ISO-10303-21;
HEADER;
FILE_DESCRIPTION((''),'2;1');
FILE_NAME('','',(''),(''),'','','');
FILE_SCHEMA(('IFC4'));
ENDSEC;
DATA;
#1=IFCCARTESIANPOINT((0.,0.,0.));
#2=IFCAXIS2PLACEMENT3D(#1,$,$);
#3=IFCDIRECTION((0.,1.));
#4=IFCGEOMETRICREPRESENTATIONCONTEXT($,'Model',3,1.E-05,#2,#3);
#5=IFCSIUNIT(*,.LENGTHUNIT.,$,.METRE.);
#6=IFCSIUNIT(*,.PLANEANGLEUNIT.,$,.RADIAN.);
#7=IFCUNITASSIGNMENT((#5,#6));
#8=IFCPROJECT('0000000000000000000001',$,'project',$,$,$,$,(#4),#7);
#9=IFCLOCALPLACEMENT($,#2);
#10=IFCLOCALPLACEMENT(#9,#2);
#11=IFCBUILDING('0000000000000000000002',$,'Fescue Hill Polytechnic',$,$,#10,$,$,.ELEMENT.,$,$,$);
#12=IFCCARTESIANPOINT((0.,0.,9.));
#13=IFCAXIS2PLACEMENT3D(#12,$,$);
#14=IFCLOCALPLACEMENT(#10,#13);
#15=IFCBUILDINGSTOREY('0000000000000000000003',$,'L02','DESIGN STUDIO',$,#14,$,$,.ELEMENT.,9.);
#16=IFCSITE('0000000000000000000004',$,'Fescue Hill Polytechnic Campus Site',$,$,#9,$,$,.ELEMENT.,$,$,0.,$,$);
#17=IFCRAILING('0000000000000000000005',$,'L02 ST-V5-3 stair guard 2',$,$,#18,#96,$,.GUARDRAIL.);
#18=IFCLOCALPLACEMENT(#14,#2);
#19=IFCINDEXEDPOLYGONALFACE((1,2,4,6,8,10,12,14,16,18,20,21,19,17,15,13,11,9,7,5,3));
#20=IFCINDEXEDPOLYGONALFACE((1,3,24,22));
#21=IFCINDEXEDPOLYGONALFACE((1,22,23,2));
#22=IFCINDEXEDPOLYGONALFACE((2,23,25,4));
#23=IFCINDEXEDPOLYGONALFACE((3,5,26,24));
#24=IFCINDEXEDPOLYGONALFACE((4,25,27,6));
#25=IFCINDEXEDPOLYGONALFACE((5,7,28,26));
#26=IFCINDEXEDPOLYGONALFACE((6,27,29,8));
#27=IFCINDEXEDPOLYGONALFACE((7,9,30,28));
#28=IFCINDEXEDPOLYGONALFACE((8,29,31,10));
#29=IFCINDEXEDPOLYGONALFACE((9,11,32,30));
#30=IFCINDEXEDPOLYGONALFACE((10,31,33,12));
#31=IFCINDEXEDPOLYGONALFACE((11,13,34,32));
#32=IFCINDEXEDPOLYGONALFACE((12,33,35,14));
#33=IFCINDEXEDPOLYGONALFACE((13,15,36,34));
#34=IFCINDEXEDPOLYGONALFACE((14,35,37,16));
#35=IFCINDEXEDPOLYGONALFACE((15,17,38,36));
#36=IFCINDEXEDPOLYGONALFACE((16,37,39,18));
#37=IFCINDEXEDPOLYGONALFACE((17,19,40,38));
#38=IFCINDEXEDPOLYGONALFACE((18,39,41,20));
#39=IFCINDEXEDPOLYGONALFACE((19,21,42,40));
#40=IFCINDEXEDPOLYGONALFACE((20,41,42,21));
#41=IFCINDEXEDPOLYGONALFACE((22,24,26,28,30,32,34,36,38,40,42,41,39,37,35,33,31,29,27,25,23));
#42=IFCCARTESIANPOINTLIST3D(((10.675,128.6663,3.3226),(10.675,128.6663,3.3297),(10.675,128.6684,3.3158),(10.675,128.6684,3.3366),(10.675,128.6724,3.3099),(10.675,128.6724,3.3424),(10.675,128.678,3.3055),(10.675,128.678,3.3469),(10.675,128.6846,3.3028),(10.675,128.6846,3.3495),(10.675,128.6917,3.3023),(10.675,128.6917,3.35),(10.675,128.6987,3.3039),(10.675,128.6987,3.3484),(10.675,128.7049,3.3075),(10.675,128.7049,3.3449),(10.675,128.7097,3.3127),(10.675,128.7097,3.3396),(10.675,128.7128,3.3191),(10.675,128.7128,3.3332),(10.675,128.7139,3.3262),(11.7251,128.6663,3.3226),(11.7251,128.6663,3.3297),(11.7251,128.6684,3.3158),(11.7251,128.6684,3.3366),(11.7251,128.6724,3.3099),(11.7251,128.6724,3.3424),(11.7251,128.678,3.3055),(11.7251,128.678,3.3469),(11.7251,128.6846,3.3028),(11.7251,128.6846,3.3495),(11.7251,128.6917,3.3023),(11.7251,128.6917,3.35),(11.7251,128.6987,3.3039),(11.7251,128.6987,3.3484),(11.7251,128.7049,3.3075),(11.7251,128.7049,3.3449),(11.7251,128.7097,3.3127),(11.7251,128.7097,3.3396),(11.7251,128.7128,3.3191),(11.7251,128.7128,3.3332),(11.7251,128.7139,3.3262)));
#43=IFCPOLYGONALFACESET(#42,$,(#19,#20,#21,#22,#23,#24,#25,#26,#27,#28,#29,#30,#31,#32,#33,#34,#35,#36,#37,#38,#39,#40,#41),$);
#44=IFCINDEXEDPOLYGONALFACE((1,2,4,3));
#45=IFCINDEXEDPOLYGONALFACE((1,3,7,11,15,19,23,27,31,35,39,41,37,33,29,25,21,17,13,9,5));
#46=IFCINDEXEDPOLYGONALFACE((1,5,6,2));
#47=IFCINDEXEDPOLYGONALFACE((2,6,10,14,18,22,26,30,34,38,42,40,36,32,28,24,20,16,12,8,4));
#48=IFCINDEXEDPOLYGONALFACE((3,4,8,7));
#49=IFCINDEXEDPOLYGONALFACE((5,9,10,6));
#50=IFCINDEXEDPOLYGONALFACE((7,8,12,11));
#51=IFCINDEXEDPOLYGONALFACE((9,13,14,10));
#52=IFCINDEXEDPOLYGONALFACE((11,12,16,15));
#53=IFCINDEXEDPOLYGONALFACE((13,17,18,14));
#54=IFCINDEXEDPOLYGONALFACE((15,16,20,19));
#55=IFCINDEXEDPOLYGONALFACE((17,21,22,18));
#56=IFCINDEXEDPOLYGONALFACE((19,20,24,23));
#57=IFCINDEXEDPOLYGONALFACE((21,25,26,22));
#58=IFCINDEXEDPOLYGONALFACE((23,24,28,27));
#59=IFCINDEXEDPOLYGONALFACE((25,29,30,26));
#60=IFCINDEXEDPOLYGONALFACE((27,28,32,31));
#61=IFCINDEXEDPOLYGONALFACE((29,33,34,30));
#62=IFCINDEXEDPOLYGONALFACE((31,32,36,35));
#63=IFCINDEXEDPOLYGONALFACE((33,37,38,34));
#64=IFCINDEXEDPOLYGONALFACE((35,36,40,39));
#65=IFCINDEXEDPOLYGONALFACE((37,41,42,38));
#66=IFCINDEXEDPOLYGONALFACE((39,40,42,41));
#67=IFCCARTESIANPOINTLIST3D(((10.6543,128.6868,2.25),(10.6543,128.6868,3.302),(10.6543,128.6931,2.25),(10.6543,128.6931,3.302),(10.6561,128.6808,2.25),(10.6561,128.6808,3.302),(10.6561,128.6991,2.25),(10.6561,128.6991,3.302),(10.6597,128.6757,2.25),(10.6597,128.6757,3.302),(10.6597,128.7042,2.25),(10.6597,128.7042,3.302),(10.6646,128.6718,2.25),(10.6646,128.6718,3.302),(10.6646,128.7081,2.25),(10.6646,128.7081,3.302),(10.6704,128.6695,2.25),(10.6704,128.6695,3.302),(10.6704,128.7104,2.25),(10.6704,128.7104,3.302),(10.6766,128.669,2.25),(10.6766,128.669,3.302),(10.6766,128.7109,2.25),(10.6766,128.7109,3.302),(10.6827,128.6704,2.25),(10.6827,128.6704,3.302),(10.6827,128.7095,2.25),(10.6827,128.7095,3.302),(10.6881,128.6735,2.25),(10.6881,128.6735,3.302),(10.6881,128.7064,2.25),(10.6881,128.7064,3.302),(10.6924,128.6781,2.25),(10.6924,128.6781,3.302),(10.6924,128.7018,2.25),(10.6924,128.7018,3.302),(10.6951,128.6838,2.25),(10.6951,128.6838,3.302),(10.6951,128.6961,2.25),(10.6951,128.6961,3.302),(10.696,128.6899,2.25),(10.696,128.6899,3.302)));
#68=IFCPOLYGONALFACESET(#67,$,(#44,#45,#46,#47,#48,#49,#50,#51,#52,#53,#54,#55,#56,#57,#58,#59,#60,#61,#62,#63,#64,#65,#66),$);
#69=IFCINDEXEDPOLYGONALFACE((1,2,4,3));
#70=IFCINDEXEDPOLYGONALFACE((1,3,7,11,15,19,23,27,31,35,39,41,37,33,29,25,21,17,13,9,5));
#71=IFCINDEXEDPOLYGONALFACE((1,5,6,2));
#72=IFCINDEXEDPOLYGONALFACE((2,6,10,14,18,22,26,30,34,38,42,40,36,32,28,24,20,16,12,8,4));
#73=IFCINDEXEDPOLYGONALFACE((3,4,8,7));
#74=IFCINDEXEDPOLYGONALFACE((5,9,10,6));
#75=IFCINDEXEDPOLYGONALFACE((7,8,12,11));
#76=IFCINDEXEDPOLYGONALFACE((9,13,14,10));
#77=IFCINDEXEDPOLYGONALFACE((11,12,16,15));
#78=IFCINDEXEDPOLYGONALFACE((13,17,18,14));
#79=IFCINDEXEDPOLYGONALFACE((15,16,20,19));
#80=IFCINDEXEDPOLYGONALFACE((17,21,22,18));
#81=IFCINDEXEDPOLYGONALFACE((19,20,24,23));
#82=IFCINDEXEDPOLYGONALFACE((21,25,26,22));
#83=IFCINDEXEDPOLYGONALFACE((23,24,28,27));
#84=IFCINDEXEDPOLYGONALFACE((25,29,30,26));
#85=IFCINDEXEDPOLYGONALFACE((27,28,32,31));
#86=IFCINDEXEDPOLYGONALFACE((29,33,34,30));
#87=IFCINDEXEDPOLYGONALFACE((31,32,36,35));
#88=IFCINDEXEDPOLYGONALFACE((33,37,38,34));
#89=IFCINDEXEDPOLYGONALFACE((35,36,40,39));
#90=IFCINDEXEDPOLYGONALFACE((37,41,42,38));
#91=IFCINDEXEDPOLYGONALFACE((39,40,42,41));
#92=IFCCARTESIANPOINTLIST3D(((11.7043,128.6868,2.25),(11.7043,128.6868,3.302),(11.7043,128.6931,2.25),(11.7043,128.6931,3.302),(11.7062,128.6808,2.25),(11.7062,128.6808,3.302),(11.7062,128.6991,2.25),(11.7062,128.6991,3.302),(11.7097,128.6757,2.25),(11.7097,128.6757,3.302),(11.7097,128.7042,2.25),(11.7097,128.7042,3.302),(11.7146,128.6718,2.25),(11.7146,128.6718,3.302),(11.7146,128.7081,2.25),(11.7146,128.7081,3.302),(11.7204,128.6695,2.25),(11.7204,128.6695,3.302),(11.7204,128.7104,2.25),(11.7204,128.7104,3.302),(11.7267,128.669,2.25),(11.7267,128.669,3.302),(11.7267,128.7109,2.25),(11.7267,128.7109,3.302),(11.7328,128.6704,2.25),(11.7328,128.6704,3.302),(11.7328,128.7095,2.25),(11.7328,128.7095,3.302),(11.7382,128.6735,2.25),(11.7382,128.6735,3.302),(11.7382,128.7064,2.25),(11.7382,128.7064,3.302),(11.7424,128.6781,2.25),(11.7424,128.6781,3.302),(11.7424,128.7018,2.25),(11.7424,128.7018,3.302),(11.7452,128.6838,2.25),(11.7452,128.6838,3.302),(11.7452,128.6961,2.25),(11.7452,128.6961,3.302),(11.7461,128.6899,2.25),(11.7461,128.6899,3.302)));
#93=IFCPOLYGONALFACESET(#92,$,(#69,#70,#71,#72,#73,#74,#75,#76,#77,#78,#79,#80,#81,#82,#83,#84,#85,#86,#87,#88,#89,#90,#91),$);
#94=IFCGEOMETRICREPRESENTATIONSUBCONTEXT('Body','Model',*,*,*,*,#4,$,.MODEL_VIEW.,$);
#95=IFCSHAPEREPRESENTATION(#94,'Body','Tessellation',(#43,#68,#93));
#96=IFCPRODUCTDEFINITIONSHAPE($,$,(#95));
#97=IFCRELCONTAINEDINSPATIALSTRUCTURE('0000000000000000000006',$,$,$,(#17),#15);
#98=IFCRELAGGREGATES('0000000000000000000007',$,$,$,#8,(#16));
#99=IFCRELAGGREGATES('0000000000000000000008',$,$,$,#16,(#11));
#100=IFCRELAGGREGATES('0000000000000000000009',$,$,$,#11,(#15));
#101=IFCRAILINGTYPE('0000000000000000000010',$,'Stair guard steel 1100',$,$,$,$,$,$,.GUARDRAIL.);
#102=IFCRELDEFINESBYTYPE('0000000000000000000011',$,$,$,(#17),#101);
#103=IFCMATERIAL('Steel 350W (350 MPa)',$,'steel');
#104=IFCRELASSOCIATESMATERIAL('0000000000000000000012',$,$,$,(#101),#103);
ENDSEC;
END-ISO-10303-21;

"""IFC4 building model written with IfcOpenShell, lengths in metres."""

from ifc_helpers import new_model, si_unit, direction, frame, origin, origin_2d, place, context, subcontext, project, spatial, circle, extrude, material, type_object, element, save


model = new_model("IFC4")

# Units and contexts
model_context = context("Model", 3, precision=1e-05, world=origin(), true_north=direction((0.0, 1.0)))
body_context = subcontext(model_context, "Body", "Model", "MODEL_VIEW")
ifc_project = project(units=[si_unit("LENGTHUNIT", "METRE"), si_unit("PLANEANGLEUNIT", "RADIAN")], contexts=[model_context])

# Site, building, storey
site_placement = place(None, origin())
site = spatial("IfcSite", under=ifc_project, at=site_placement, Name="Fescue Hill Polytechnic Campus Site", CompositionType="ELEMENT", RefElevation=0.0)
building_placement = place(site_placement, origin())
building = spatial("IfcBuilding", under=site, at=building_placement, Name="Fescue Hill Polytechnic", CompositionType="ELEMENT")
storey_placement = place(building_placement, frame((0.0, 0.0, 9.0)))
storey = spatial("IfcBuildingStorey", under=building, at=storey_placement, Name="L02", Description="DESIGN STUDIO", CompositionType="ELEMENT", Elevation=9.0)

# Railing
ifc_material_1 = material(Name="Steel 350W (350 MPa)", Category="steel")
railing_type_1 = type_object("IfcRailingType", Name="Stair guard steel 1100", PredefinedType="GUARDRAIL", material=ifc_material_1)
railing_1_placement = place(storey_placement, frame((10.675, 128.6899, 2.25)))
element("IfcRailing", 1, at=railing_1_placement, inside=storey, type_object=railing_type_1, Name="L02 ST-V5-3 stair guard 2", PredefinedType="GUARDRAIL", context=body_context, shape_type="SweptSolid", body=[
    extrude(circle(Radius=0.0239, at=origin_2d()), frame((0.0, 0.0, 1.0762), z_axis=(1.0, 0.0, 0.0), x_axis=(0.0, 1.0, 0.0)), (0.0, 0.0, 1.0), 1.05),
    extrude(circle(Radius=0.021, at=origin_2d()), origin(), (0.0, 0.0, 1.0), 1.052),
    extrude(circle(Radius=0.021, at=origin_2d()), frame((1.05, 0.0, 0.0)), (0.0, 0.0, 1.0), 1.052),
])

save(model, "model.ifc")
